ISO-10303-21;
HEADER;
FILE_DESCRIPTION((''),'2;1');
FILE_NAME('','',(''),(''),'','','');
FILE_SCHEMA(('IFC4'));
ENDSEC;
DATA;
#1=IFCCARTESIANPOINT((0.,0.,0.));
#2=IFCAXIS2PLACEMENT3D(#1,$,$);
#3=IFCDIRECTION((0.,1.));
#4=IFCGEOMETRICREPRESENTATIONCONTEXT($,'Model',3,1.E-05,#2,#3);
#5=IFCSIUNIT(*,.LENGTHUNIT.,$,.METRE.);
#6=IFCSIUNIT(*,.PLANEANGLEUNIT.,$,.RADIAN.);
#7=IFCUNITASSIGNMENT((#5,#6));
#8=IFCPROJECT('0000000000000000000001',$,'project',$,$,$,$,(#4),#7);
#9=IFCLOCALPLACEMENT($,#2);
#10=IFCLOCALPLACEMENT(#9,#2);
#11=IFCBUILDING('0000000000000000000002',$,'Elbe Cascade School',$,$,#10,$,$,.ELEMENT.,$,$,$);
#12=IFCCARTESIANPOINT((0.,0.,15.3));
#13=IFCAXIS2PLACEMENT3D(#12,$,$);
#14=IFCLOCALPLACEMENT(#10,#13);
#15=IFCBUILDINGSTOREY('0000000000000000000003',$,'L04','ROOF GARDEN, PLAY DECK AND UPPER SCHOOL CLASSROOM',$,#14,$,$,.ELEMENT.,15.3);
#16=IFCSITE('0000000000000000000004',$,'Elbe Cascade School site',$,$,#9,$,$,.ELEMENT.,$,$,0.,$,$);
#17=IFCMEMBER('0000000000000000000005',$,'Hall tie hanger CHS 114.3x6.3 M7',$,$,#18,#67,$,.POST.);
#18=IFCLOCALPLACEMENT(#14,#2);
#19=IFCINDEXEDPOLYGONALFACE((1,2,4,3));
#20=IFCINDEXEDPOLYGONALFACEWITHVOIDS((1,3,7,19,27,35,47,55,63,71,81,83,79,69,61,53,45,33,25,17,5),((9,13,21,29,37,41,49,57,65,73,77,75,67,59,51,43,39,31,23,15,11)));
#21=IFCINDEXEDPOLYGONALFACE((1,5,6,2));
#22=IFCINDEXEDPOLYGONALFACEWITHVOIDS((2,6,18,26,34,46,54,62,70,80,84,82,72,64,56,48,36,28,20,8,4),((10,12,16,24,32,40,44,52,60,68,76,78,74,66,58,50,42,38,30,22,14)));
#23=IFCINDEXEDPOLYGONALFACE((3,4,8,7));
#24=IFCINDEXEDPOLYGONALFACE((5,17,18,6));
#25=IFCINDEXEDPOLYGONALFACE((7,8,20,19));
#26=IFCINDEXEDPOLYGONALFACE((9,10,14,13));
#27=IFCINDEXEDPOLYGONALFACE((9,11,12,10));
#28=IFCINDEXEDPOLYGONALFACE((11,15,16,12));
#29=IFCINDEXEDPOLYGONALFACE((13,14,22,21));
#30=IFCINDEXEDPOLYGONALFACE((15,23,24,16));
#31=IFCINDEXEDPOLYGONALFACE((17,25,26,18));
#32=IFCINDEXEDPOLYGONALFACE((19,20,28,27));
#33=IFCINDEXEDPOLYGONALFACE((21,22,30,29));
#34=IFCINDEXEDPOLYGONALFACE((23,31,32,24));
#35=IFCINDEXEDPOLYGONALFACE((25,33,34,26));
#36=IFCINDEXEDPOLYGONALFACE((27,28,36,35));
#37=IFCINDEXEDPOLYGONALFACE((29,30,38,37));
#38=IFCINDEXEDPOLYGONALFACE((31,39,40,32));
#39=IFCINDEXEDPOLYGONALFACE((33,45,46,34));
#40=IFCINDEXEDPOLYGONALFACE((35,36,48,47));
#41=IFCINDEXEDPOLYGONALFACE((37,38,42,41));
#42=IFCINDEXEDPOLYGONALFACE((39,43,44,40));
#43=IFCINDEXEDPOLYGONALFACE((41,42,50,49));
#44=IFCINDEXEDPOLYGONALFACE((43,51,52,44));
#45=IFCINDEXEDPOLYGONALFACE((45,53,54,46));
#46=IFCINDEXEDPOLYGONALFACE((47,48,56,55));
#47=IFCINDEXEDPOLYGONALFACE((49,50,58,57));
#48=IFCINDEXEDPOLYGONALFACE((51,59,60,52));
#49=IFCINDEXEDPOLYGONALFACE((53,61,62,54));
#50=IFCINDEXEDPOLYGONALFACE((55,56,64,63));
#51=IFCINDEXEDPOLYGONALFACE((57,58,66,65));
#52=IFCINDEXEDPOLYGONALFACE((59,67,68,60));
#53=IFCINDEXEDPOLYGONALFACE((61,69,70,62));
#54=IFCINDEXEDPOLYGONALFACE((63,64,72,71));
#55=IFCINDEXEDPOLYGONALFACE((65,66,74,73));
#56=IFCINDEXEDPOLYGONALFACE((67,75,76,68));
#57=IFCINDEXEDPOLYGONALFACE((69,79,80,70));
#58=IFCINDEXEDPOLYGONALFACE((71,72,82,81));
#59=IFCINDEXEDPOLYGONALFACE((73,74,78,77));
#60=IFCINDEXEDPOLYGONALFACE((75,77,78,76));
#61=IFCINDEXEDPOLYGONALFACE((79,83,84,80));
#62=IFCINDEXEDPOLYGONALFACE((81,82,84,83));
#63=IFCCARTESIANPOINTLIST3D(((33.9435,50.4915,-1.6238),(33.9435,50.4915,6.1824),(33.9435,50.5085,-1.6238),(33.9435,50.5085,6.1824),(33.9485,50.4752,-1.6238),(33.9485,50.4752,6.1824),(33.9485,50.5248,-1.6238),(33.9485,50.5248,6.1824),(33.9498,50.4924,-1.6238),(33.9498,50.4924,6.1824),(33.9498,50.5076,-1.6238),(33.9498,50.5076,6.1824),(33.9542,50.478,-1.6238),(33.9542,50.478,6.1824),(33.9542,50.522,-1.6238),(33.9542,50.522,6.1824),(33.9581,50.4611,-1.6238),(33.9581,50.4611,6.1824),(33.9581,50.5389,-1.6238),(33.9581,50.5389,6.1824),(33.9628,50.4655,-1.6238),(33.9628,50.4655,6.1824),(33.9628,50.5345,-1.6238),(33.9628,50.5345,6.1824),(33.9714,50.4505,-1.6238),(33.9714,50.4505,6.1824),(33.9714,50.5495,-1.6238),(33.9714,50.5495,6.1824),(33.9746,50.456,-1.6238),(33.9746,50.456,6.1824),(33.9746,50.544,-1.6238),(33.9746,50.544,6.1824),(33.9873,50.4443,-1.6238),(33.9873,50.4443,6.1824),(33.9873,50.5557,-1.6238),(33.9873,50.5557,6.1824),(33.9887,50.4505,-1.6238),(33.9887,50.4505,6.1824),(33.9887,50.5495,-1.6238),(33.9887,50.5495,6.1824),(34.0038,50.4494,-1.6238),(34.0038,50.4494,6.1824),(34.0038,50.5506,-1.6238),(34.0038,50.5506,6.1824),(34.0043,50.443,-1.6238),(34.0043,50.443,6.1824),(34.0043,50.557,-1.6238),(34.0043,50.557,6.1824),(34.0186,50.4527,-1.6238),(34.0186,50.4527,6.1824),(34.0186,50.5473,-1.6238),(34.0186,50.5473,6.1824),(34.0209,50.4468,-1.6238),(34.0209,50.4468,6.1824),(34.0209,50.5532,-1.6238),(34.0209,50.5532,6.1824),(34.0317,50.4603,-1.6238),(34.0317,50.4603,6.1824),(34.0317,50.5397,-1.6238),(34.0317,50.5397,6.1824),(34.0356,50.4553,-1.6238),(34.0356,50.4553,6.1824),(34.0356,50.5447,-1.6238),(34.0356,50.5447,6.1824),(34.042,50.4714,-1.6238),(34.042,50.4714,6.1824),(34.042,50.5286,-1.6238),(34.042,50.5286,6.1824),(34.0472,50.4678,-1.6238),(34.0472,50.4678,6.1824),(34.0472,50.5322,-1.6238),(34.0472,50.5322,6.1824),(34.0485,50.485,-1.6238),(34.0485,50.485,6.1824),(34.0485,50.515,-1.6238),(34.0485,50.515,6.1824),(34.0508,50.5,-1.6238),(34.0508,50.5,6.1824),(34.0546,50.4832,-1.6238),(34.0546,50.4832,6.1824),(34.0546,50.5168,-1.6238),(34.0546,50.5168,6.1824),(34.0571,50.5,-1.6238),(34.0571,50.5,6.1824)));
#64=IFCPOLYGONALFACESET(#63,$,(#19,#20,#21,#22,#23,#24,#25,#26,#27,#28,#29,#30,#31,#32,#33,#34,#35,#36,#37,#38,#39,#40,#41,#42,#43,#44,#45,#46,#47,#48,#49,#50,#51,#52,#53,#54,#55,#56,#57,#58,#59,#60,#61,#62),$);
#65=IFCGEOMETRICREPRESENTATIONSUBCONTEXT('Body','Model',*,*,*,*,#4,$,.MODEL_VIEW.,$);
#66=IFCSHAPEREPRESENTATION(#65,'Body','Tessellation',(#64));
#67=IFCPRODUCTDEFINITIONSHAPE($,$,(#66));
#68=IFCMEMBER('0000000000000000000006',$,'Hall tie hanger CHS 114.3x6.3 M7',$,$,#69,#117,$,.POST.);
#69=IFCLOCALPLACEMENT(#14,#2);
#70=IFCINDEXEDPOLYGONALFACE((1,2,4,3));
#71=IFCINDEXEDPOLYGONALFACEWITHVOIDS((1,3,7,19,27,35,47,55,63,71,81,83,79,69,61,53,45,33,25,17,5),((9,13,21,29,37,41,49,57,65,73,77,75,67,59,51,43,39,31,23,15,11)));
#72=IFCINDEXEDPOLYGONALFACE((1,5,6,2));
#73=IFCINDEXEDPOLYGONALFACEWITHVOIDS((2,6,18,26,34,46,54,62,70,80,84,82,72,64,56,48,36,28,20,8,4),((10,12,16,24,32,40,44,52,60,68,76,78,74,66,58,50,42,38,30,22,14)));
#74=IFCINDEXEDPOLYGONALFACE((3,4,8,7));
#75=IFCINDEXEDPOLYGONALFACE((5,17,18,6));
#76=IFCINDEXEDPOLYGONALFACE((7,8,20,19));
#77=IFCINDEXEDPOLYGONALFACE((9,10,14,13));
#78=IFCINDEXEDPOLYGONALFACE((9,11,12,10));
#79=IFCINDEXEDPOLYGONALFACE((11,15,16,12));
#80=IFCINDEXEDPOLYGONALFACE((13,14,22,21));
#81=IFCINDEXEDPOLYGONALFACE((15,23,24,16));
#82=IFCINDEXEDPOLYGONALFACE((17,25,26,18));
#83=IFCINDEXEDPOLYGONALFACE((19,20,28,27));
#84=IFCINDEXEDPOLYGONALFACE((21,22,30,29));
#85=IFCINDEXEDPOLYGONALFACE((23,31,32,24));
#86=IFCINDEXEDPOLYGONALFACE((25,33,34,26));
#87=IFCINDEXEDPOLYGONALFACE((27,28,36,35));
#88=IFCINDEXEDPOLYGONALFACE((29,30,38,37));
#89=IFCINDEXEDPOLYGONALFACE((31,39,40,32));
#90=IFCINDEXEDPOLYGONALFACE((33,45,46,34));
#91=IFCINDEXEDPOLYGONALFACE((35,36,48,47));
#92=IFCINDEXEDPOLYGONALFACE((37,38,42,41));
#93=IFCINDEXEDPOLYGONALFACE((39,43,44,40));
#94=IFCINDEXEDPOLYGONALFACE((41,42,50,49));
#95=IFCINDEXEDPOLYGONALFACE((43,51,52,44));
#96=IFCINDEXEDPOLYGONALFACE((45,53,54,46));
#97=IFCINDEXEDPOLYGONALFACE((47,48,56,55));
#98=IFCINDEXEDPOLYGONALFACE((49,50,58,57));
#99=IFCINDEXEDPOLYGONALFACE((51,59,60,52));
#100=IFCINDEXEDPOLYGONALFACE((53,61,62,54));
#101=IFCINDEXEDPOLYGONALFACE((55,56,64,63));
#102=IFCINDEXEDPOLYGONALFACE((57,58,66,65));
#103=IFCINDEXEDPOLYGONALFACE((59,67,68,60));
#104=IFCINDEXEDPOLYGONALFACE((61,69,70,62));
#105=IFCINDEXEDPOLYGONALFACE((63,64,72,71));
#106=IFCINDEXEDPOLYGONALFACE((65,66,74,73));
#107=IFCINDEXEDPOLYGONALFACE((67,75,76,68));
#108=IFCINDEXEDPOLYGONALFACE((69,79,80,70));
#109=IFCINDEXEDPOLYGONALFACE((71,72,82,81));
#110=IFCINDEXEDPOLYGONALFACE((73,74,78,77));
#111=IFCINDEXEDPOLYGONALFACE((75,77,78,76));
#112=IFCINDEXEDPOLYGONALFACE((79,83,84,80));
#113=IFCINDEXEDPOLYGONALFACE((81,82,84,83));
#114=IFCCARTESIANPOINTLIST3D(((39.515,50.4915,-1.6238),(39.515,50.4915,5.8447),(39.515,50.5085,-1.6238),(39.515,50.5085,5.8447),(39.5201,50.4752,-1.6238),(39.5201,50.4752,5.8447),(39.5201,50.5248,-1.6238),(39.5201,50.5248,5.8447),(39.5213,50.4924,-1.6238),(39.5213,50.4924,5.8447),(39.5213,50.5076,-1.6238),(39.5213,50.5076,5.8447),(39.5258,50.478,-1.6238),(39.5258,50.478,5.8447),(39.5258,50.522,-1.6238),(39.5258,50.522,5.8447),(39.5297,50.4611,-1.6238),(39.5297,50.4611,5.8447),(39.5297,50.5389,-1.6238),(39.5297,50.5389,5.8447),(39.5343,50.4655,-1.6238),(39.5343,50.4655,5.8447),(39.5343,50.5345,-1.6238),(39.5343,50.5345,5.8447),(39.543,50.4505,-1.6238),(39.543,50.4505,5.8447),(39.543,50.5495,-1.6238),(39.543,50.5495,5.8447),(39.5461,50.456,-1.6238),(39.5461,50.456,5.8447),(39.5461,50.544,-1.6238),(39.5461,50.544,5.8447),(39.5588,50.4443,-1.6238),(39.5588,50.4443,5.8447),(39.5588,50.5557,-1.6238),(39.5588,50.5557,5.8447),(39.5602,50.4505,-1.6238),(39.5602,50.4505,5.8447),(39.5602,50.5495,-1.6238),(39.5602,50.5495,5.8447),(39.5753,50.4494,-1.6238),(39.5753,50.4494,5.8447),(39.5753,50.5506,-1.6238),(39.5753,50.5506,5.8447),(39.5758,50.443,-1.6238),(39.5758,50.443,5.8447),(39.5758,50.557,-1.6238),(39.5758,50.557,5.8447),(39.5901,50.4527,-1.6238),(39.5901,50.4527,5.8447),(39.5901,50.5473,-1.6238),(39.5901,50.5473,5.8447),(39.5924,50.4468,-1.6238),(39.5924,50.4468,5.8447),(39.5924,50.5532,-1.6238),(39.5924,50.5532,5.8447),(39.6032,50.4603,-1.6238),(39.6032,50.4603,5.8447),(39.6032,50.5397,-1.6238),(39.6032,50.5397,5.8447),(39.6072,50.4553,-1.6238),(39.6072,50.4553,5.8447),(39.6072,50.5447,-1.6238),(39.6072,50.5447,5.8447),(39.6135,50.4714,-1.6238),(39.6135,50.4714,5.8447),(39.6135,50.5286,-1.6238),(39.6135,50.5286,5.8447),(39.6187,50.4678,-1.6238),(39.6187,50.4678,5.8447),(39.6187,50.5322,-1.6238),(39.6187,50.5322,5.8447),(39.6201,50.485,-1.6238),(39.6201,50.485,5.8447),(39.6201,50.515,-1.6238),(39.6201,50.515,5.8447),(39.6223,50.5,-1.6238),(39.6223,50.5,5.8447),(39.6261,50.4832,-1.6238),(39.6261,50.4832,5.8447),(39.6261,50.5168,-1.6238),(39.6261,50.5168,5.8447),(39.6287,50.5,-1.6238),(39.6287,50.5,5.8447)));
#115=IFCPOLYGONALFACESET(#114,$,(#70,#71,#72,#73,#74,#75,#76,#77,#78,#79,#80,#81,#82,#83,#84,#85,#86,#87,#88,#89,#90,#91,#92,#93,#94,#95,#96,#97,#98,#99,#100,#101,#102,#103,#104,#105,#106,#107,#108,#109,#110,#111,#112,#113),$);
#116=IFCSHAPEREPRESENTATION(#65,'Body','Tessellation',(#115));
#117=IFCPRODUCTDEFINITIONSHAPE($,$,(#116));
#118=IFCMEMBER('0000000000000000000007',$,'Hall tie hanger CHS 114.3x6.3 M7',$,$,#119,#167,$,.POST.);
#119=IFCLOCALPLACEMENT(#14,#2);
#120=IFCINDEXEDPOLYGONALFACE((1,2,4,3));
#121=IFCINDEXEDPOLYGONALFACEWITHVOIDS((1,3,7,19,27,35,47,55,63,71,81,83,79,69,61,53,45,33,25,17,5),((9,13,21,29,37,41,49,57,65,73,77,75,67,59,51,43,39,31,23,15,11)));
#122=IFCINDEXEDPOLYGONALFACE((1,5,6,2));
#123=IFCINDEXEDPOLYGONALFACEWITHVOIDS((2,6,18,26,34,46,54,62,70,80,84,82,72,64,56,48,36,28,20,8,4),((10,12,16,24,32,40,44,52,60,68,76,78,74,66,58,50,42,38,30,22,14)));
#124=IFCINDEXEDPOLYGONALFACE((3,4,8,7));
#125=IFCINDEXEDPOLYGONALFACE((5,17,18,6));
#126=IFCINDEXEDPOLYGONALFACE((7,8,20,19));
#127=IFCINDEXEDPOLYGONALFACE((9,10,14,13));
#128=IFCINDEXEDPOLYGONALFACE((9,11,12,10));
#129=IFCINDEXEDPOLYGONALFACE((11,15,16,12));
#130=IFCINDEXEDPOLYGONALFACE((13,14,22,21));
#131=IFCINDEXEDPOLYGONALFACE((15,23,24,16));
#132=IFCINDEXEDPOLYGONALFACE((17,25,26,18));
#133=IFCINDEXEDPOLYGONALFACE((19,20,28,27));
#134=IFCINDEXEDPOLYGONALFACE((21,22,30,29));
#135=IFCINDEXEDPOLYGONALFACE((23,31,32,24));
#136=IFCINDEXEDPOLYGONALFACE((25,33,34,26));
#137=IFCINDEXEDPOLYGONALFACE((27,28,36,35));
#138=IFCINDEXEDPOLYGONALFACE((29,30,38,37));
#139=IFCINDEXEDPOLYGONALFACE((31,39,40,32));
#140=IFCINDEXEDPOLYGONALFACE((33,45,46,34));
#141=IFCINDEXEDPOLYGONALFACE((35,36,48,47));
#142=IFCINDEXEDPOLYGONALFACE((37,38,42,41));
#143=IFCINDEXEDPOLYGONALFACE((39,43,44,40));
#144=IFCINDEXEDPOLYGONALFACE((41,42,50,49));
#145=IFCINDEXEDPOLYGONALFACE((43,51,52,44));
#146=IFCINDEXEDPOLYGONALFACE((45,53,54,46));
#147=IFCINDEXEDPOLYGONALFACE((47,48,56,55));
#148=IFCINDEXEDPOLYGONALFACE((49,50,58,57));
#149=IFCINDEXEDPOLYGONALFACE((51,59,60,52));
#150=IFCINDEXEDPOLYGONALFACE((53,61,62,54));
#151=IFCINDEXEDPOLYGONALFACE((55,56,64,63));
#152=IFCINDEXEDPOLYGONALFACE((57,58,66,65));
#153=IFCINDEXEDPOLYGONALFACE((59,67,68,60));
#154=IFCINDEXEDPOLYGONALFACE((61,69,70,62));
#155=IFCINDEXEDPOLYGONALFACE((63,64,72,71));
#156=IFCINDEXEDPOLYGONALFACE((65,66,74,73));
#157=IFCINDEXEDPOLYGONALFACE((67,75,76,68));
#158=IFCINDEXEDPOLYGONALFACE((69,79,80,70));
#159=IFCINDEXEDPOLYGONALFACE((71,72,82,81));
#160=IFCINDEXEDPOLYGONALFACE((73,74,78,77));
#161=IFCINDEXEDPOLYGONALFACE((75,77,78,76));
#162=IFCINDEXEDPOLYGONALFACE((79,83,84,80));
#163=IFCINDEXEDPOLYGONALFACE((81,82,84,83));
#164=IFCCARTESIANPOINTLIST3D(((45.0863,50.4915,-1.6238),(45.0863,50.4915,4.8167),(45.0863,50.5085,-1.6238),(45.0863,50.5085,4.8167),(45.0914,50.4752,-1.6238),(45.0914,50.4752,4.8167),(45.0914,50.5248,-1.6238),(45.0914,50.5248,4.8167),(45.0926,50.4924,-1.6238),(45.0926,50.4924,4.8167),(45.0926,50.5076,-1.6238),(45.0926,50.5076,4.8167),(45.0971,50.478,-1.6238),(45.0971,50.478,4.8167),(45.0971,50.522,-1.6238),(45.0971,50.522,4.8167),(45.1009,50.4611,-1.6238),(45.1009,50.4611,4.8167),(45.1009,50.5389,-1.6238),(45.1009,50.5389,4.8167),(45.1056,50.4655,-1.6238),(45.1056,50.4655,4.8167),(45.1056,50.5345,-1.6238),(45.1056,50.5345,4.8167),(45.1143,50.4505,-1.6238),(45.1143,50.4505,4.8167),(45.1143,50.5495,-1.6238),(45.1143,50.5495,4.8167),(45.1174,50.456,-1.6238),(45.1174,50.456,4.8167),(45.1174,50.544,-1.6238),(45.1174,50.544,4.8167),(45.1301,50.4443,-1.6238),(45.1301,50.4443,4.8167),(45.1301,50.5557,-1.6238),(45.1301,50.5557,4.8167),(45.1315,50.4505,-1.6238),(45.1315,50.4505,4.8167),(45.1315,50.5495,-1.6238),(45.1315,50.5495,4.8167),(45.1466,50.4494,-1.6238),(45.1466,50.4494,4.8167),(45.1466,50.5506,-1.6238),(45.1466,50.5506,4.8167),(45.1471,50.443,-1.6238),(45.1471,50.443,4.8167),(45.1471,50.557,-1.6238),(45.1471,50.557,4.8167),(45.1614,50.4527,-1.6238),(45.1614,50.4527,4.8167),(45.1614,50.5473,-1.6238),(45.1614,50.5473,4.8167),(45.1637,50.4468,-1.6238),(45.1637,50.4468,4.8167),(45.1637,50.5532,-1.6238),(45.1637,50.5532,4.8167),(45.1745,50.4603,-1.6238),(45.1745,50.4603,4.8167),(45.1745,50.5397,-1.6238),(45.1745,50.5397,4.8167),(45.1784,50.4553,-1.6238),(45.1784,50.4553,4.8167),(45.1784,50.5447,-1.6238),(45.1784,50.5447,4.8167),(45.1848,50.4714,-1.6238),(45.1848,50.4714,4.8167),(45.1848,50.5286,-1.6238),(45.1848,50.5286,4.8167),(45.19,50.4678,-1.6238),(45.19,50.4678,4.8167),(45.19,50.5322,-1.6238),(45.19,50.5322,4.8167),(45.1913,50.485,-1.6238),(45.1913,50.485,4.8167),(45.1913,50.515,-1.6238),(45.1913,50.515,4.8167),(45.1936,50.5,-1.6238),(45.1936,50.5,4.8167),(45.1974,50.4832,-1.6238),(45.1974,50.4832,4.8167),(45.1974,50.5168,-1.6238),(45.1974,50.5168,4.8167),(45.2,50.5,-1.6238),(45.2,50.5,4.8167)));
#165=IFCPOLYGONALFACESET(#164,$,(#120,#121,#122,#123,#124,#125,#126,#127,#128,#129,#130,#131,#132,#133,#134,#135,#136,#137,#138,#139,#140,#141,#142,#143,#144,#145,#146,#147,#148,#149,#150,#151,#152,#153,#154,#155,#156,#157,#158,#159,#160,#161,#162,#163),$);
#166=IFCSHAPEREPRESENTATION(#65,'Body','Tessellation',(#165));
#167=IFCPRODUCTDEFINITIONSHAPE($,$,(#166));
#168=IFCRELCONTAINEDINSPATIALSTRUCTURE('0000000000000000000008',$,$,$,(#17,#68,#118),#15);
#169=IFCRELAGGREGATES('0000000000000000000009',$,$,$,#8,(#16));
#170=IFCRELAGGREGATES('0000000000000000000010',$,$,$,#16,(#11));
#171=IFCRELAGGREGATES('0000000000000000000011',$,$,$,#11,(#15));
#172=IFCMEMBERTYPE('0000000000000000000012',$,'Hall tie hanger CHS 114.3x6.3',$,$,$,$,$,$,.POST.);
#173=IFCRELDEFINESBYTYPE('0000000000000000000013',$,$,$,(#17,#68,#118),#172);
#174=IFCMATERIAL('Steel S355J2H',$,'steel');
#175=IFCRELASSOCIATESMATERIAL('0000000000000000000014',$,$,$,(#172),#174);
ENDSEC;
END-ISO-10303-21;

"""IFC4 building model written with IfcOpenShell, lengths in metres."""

from ifc_helpers import new_model, si_unit, direction, frame, origin, origin_2d, place, context, subcontext, project, spatial, hollow_circle, extrude, material, material_profile, profile_set, type_object, element, save


model = new_model("IFC4")

# Units and contexts
model_context = context("Model", 3, precision=1e-05, world=origin(), true_north=direction((0.0, 1.0)))
body_context = subcontext(model_context, "Body", "Model", "MODEL_VIEW")
ifc_project = project(units=[si_unit("LENGTHUNIT", "METRE"), si_unit("PLANEANGLEUNIT", "RADIAN")], contexts=[model_context])

# Site, building, storey
site_placement = place(None, origin())
site = spatial("IfcSite", under=ifc_project, at=site_placement, Name="Elbe Cascade School site", CompositionType="ELEMENT", RefElevation=0.0)
building_placement = place(site_placement, origin())
building = spatial("IfcBuilding", under=site, at=building_placement, Name="Elbe Cascade School", CompositionType="ELEMENT")
storey_placement = place(building_placement, frame((0.0, 0.0, 15.3)))
storey = spatial("IfcBuildingStorey", under=building, at=storey_placement, Name="L04", Description="ROOF GARDEN, PLAY DECK AND UPPER SCHOOL CLASSROOM", CompositionType="ELEMENT", Elevation=15.3)

# Members
ifc_material_1 = material(Name="Steel S355J2H", Category="steel")
ifc_material_profile_1 = material_profile(ifc_material_1, hollow_circle(Radius=0.0571, WallThickness=0.0063, at=origin_2d()), Name="CHS 114.3x6.3")
ifc_profile_set_1 = profile_set([ifc_material_profile_1], Name="Steel S355J2H")
member_type_1 = type_object("IfcMemberType", Name="Hall tie hanger CHS 114.3x6.3", PredefinedType="POST", material=ifc_profile_set_1)
member_1_placement = place(storey_placement, frame((34.0, 50.5, -1.6238), z_axis=(0.0, 0.0, 1.0), x_axis=(1.0, 0.0, 0.0)))
element("IfcMember", 1, at=member_1_placement, inside=storey, type_object=member_type_1, Name="Hall tie hanger CHS 114.3x6.3 M7", PredefinedType="POST", context=body_context, shape_type="SweptSolid", body=[
    extrude(hollow_circle(Radius=0.0571, WallThickness=0.0063, at=origin_2d()), origin(), (0.0, 0.0, 1.0), 7.8062),
])
member_2_placement = place(storey_placement, frame((39.5715, 50.5, -1.6238), z_axis=(0.0, 0.0, 1.0), x_axis=(1.0, 0.0, 0.0)))
element("IfcMember", 2, at=member_2_placement, inside=storey, type_object=member_type_1, Name="Hall tie hanger CHS 114.3x6.3 M7", PredefinedType="POST", context=body_context, shape_type="SweptSolid", body=[
    extrude(hollow_circle(Radius=0.0571, WallThickness=0.0063, at=origin_2d()), origin(), (0.0, 0.0, 1.0), 7.4685),
])
for number, where, z_axis, x_axis, name in (
    (3, (45.1428, 50.5, -1.6238), (0.0, 0.0, 1.0), (1.0, 0.0, 0.0), "Hall tie hanger CHS 114.3x6.3 M7"),
):
    element("IfcMember", number, at=place(storey_placement, frame(where, z_axis=z_axis, x_axis=x_axis)), inside=storey, type_object=member_type_1, Name=name, PredefinedType="POST", context=body_context, shape_type="SweptSolid", body=[
        extrude(hollow_circle(Radius=0.0571, WallThickness=0.0063, at=origin_2d()), origin(), (0.0, 0.0, 1.0), 6.4404),
    ])

save(model, "model.ifc")
